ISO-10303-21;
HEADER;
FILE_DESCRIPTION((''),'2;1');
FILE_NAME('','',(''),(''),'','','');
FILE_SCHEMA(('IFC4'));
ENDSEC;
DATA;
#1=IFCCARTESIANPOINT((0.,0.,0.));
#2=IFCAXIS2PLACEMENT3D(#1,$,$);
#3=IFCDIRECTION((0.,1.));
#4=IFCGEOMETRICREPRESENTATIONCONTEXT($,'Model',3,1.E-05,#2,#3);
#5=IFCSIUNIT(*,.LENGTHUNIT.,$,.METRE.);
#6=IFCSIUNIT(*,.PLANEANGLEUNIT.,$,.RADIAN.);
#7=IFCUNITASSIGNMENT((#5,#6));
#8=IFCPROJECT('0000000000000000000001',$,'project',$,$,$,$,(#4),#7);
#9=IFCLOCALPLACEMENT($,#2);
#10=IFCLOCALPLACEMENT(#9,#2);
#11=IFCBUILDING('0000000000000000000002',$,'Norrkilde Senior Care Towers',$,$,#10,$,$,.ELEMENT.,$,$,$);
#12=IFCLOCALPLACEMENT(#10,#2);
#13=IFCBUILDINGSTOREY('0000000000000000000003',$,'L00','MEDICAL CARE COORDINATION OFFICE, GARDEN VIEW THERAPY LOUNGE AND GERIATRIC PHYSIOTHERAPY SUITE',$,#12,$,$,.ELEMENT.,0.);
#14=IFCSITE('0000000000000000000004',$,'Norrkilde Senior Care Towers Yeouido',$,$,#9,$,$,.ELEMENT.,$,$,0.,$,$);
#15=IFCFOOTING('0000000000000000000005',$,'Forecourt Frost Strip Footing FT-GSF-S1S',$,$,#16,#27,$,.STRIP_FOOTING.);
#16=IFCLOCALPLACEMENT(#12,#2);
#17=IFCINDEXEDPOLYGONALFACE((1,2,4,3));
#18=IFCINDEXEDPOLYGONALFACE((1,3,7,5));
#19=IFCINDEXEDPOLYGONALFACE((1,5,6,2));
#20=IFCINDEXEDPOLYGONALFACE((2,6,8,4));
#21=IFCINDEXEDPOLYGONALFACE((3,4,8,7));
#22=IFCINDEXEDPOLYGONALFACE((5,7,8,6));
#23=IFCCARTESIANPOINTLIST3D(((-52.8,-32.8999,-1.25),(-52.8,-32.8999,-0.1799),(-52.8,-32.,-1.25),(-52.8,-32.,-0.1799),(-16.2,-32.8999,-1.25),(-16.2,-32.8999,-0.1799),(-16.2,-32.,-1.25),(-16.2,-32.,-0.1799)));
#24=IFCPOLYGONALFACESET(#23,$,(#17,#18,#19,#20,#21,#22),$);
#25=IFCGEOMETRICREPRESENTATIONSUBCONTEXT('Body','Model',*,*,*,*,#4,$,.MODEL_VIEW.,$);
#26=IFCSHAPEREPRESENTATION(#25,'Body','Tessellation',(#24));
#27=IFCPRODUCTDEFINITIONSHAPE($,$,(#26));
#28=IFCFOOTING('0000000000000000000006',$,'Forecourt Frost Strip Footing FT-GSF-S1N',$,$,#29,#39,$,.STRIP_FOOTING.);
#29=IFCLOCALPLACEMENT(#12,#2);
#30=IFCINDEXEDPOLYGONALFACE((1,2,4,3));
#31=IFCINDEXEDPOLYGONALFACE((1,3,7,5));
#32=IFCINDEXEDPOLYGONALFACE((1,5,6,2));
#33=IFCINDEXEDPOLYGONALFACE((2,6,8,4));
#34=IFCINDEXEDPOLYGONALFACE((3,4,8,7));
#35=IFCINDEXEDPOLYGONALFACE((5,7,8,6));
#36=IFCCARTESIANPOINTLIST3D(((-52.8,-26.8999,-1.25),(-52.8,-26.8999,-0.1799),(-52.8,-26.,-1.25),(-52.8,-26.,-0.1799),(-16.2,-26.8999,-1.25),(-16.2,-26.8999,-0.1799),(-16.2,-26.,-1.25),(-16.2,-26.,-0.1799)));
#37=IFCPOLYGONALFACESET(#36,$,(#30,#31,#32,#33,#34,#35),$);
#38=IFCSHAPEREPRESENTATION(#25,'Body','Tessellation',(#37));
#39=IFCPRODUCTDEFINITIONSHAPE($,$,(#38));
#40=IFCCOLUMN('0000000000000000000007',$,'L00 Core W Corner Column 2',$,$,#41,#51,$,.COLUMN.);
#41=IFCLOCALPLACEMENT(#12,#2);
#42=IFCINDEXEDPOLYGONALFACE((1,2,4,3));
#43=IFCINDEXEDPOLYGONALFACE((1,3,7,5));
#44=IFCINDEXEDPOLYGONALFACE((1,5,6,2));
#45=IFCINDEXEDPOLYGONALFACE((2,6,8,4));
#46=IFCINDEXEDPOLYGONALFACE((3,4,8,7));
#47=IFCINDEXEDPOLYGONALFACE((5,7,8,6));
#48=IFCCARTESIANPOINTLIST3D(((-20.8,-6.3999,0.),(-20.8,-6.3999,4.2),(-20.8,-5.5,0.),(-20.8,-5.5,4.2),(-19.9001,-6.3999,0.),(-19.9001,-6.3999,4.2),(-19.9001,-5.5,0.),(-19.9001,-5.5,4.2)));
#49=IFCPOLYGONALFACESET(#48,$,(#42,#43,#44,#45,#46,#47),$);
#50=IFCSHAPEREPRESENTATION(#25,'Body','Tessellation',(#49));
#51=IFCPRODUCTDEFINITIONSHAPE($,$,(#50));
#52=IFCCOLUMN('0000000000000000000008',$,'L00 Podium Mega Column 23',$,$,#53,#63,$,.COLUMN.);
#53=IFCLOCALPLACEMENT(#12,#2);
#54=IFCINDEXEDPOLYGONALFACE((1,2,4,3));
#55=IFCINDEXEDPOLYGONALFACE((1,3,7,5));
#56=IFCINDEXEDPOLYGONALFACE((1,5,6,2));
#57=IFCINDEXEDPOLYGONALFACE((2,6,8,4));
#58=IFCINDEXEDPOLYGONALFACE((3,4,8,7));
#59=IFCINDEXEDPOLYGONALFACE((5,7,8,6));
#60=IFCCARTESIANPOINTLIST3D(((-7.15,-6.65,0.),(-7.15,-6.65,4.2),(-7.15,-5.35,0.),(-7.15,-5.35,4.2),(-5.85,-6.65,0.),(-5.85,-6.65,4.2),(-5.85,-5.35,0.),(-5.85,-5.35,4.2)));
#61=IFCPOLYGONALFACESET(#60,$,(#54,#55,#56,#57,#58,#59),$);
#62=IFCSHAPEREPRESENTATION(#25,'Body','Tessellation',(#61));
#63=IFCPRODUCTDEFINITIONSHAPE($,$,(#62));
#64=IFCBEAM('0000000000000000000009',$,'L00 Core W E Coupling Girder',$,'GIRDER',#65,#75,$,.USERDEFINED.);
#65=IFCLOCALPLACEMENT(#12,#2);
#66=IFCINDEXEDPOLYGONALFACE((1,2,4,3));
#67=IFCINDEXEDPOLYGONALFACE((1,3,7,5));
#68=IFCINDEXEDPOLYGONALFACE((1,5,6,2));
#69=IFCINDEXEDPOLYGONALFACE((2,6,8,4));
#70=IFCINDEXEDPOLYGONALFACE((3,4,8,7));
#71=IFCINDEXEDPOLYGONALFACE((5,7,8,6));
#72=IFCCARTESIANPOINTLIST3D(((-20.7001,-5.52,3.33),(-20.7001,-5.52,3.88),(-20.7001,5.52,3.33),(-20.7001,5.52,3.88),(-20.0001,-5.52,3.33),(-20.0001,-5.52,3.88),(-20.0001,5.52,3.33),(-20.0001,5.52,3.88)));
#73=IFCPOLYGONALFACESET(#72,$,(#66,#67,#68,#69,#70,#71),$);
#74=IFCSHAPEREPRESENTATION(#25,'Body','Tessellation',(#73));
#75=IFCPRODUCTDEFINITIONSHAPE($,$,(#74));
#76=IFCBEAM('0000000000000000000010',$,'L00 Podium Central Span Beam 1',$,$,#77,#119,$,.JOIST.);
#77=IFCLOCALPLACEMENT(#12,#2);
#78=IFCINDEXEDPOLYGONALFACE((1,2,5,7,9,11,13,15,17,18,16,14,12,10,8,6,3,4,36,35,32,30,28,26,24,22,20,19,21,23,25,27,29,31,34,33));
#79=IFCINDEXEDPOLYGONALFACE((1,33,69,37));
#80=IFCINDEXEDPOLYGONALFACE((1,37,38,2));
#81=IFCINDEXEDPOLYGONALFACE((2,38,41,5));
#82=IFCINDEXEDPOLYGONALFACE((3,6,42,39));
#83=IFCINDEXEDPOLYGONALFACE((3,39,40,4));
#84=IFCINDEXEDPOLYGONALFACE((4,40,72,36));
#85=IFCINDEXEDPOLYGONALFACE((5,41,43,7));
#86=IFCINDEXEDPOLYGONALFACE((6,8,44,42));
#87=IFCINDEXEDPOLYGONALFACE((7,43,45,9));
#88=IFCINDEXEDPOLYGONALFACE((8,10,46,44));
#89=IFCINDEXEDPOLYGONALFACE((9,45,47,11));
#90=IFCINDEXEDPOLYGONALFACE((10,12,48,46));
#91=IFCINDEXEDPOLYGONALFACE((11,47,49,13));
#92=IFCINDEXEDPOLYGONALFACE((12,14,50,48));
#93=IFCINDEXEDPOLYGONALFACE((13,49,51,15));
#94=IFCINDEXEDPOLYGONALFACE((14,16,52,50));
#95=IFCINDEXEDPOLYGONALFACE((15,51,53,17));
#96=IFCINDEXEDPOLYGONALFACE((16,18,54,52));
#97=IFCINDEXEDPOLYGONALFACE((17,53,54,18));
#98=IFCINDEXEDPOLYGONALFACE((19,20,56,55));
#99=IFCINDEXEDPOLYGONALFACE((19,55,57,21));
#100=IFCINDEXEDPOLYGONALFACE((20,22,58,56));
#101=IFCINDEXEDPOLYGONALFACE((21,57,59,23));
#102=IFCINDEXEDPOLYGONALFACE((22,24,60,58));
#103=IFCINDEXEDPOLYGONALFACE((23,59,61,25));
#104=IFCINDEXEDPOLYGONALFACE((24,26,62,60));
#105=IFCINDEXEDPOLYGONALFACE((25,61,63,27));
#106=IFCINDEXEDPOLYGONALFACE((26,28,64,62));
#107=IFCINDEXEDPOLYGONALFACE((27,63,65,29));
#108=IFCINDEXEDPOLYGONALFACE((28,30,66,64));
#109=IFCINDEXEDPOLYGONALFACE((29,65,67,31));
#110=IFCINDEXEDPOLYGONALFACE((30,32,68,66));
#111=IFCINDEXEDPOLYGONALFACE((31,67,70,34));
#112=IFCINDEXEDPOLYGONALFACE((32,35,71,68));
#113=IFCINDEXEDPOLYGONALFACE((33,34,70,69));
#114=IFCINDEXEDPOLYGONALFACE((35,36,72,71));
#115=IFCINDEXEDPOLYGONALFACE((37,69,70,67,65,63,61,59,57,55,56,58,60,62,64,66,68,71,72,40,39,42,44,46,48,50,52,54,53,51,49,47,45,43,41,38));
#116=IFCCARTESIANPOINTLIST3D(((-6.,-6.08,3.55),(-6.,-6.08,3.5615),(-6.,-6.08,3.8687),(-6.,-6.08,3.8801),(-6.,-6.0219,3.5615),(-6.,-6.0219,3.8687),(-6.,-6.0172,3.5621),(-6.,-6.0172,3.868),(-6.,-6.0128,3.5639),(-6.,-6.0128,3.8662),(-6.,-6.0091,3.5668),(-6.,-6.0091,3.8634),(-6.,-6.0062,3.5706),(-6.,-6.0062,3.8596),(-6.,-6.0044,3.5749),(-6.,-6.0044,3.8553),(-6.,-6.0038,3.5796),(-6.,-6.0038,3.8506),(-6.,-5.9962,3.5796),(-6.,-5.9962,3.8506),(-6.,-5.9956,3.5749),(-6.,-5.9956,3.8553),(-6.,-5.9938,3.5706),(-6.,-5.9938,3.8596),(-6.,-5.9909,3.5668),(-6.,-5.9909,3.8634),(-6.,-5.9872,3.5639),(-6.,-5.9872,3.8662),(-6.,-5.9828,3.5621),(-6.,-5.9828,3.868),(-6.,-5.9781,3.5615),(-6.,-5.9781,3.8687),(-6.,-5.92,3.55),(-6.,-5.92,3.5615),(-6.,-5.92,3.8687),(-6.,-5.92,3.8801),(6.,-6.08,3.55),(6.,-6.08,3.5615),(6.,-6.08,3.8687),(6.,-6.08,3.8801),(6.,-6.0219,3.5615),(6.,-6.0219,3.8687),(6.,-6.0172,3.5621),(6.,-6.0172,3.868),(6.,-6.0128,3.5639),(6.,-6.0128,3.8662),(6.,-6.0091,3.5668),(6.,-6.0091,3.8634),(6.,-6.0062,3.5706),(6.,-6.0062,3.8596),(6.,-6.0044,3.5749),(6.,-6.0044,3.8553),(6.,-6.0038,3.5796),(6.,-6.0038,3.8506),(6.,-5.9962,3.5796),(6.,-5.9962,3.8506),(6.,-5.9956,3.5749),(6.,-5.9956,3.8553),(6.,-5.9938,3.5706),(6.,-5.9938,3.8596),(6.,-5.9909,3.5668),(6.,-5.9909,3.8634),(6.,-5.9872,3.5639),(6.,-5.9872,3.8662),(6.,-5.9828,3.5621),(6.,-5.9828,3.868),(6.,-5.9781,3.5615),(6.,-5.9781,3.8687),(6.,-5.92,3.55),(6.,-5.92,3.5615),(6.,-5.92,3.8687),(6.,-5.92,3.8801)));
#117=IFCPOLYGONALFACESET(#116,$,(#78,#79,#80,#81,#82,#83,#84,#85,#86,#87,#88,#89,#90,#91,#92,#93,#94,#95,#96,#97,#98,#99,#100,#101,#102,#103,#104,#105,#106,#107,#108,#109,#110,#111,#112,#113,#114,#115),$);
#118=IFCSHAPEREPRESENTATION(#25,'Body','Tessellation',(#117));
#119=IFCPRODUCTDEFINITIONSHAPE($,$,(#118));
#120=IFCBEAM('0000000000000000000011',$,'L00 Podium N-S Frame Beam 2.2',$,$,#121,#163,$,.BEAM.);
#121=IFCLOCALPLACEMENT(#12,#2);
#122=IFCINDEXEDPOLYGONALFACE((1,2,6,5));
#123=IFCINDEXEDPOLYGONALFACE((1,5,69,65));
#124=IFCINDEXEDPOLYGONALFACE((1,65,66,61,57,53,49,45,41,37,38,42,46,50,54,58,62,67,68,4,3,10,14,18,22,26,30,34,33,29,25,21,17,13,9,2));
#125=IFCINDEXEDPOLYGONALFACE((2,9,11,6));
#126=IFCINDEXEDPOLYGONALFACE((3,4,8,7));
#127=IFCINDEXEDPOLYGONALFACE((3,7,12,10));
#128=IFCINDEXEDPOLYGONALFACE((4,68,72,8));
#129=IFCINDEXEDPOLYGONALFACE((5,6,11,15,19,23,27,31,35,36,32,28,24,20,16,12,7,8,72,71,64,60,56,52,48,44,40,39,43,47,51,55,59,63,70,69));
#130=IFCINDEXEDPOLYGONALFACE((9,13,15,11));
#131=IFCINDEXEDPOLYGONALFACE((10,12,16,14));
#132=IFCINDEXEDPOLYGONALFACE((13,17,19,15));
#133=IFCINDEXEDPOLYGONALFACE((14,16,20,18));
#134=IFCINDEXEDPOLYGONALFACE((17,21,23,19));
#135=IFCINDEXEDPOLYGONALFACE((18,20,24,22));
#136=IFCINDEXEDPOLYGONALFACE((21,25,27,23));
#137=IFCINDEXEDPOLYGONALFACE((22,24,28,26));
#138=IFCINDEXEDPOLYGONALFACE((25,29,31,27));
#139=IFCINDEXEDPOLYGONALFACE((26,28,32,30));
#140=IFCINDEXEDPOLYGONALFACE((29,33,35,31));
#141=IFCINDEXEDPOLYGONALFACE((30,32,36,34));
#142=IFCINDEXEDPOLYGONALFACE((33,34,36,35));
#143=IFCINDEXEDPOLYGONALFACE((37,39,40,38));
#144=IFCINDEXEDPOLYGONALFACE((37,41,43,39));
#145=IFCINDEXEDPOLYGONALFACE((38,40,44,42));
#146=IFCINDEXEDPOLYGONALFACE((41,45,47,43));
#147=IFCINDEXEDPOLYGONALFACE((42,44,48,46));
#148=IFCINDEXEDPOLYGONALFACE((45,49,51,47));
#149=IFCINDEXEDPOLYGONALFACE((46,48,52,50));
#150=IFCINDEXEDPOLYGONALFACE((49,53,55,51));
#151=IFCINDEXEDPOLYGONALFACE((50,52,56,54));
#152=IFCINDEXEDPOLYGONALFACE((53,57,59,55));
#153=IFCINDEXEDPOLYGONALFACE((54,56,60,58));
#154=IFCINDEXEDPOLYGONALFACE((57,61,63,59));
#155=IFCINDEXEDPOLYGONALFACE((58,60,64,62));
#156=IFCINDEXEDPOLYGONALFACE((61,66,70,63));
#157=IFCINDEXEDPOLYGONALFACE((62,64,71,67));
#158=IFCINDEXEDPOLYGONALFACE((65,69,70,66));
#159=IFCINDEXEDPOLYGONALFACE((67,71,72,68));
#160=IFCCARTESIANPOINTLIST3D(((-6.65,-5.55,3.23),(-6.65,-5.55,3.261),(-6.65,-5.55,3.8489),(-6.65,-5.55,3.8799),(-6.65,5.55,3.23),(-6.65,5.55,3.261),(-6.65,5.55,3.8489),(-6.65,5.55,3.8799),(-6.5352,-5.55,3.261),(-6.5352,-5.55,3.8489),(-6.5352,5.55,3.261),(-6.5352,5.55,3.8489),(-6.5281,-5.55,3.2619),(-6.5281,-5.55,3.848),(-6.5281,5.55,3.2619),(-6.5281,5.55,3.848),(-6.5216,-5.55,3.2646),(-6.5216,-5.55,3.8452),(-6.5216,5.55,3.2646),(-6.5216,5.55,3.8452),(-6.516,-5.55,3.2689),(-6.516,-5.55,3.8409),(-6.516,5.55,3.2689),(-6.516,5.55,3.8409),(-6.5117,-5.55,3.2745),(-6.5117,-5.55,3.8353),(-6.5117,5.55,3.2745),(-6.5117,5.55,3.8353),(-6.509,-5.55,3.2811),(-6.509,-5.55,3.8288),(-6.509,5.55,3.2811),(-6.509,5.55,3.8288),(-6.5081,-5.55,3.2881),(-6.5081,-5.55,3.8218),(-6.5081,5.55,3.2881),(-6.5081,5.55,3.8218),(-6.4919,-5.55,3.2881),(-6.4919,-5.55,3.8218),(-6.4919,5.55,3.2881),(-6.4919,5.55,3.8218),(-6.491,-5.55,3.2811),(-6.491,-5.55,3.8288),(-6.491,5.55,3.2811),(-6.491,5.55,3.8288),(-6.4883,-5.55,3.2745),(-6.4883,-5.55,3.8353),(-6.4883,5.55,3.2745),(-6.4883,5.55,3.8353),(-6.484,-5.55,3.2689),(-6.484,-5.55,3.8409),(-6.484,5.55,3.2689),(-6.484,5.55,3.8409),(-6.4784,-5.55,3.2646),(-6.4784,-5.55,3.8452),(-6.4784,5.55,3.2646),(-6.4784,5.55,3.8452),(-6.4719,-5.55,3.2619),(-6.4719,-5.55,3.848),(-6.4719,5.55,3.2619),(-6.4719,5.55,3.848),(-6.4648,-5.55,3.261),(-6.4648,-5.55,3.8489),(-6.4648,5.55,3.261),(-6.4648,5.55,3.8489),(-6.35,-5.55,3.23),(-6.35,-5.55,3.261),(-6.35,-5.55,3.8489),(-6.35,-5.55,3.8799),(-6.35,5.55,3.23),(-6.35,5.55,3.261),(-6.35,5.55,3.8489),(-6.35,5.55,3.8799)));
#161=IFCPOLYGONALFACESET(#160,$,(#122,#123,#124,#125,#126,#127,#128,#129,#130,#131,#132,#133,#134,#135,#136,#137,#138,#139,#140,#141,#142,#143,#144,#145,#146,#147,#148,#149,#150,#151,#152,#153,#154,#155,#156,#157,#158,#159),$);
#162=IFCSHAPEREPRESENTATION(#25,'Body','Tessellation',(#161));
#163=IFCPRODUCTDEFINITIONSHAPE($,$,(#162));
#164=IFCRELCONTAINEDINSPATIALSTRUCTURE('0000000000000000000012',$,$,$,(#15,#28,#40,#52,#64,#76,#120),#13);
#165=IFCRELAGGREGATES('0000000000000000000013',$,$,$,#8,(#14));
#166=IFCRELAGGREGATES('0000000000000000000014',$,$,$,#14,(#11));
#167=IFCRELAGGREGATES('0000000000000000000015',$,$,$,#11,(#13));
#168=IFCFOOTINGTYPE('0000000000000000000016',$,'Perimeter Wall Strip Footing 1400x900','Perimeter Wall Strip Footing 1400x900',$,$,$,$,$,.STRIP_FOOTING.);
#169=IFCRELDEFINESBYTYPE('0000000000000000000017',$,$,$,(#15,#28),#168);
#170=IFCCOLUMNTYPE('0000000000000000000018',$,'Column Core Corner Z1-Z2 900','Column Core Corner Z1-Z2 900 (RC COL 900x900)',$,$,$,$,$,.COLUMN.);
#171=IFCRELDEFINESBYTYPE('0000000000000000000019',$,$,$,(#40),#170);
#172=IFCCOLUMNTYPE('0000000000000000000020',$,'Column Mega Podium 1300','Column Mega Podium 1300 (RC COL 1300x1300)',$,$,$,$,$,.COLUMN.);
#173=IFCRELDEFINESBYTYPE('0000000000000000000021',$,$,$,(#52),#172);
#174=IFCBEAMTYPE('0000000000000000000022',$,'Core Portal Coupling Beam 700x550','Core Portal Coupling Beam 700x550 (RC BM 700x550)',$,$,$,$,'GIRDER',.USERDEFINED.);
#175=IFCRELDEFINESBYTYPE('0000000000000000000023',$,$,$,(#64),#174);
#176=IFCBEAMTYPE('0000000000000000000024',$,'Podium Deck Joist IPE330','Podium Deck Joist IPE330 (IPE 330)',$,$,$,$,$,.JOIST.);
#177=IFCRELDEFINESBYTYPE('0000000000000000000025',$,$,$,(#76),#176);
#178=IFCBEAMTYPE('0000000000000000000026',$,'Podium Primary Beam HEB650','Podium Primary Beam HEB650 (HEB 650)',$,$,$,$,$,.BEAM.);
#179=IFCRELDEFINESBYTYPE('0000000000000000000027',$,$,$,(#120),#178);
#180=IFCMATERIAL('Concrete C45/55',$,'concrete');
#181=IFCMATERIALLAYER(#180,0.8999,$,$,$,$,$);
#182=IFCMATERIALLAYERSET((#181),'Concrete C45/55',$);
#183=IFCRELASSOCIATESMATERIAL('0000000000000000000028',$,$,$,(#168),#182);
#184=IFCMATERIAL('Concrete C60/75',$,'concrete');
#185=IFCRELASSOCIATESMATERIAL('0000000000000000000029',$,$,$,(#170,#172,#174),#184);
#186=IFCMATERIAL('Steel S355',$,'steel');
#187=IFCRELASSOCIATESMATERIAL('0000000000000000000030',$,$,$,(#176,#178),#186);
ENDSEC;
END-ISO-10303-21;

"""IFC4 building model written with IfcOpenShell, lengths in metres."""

from ifc_helpers import new_model, si_unit, direction, frame, origin, origin_2d, place, context, subcontext, project, spatial, polyline, rectangle, i_section, outline, extrude, source, transform, mapped, material, layer, layer_set, material_profile, profile_set, type_object, type_shapes, element, save


model = new_model("IFC4")

# Units and contexts
model_context = context("Model", 3, precision=1e-05, world=origin(), true_north=direction((0.0, 1.0)))
body_context = subcontext(model_context, "Body", "Model", "MODEL_VIEW")
ifc_project = project(units=[si_unit("LENGTHUNIT", "METRE"), si_unit("PLANEANGLEUNIT", "RADIAN")], contexts=[model_context])

# Site, building, storey
site_placement = place(None, origin())
site = spatial("IfcSite", under=ifc_project, at=site_placement, Name="Norrkilde Senior Care Towers Yeouido", CompositionType="ELEMENT", RefElevation=0.0)
building_placement = place(site_placement, origin())
building = spatial("IfcBuilding", under=site, at=building_placement, Name="Norrkilde Senior Care Towers", CompositionType="ELEMENT")
storey_placement = place(building_placement, origin())
storey = spatial("IfcBuildingStorey", under=building, at=storey_placement, Name="L00", Description="MEDICAL CARE COORDINATION OFFICE, GARDEN VIEW THERAPY LOUNGE AND GERIATRIC PHYSIOTHERAPY SUITE", CompositionType="ELEMENT", Elevation=0.0)

# Footings
ifc_material_1 = material(Name="Concrete C45/55", Category="concrete")
ifc_layer_1 = layer(ifc_material_1, 0.8999)
ifc_layer_set_1 = layer_set([ifc_layer_1], Name="Concrete C45/55")
footing_type = type_object("IfcFootingType", Name="Perimeter Wall Strip Footing 1400x900", Description="Perimeter Wall Strip Footing 1400x900", PredefinedType="STRIP_FOOTING", material=ifc_layer_set_1)
footing_1_placement = place(storey_placement, frame((0.0, 0.0, -1.25)))
element("IfcFooting", 1, at=footing_1_placement, inside=storey, type_object=footing_type, Name="Forecourt Frost Strip Footing FT-GSF-S1S", PredefinedType="STRIP_FOOTING", context=body_context, shape_type="SweptSolid", body=[
    extrude(outline(polyline([(-52.8, -32.8999), (-16.2, -32.8999), (-16.2, -32.0), (-52.8, -32.0), (-52.8, -32.8999)])), origin(), (0.0, 0.0, 1.0), 1.0701),
])
footing_2_placement = place(storey_placement, frame((0.0, 0.0, -1.25)))
element("IfcFooting", 2, at=footing_2_placement, inside=storey, type_object=footing_type, Name="Forecourt Frost Strip Footing FT-GSF-S1N", PredefinedType="STRIP_FOOTING", context=body_context, shape_type="SweptSolid", body=[
    extrude(outline(polyline([(-52.8, -26.8999), (-16.2, -26.8999), (-16.2, -26.0), (-52.8, -26.0), (-52.8, -26.8999)])), origin(), (0.0, 0.0, 1.0), 1.0701),
])

# Columns
ifc_material_2 = material(Name="Concrete C60/75", Category="concrete")
ifc_material_profile_1 = material_profile(ifc_material_2, rectangle(XDim=0.8999, YDim=0.8999, at=origin_2d()), Name="RC COL 900x900")
ifc_profile_set_1 = profile_set([ifc_material_profile_1], Name="Concrete C60/75")
column_type_1 = type_object("IfcColumnType", Name="Column Core Corner Z1-Z2 900", Description="Column Core Corner Z1-Z2 900 (RC COL 900x900)", PredefinedType="COLUMN", material=ifc_profile_set_1)
shared_shape_1 = source(origin(), body_context, "Body", "SweptSolid", [
    extrude(rectangle(XDim=0.8999, YDim=0.8999, at=origin_2d()), origin(), (0.0, 0.0, 1.0), 4.2),
])
type_shapes(column_type_1, [shared_shape_1])
column_1_placement = place(storey_placement, frame((-20.3501, -5.95, 0.0), z_axis=(0.0, 0.0, 1.0), x_axis=(1.0, 0.0, 0.0)))
element("IfcColumn", 3, at=column_1_placement, inside=storey, type_object=column_type_1, Name="L00 Core W Corner Column 2", PredefinedType="COLUMN", context=body_context, shape_type="MappedRepresentation", body=[
    mapped(shared_shape_1, transform((0.0, 0.0, 0.0), x_axis=(1.0, 0.0, 0.0), y_axis=(0.0, 1.0, 0.0), z_axis=(0.0, 0.0, 1.0), scale=1.0)),
])
ifc_material_profile_2 = material_profile(ifc_material_2, rectangle(XDim=1.3, YDim=1.3, at=origin_2d()), Name="RC COL 1300x1300")
ifc_profile_set_2 = profile_set([ifc_material_profile_2], Name="Concrete C60/75")
column_type_2 = type_object("IfcColumnType", Name="Column Mega Podium 1300", Description="Column Mega Podium 1300 (RC COL 1300x1300)", PredefinedType="COLUMN", material=ifc_profile_set_2)
shared_shape_2 = source(origin(), body_context, "Body", "SweptSolid", [
    extrude(rectangle(XDim=1.3, YDim=1.3, at=origin_2d()), origin(), (0.0, 0.0, 1.0), 4.2),
])
type_shapes(column_type_2, [shared_shape_2])
column_2_placement = place(storey_placement, frame((-6.5, -6.0, 0.0), z_axis=(0.0, 0.0, 1.0), x_axis=(1.0, 0.0, 0.0)))
element("IfcColumn", 4, at=column_2_placement, inside=storey, type_object=column_type_2, Name="L00 Podium Mega Column 23", PredefinedType="COLUMN", context=body_context, shape_type="MappedRepresentation", body=[
    mapped(shared_shape_2, transform((0.0, 0.0, 0.0), x_axis=(1.0, 0.0, 0.0), y_axis=(0.0, 1.0, 0.0), z_axis=(0.0, 0.0, 1.0), scale=1.0)),
])

# Beams
ifc_material_profile_3 = material_profile(ifc_material_2, rectangle(XDim=0.7, YDim=0.55, at=origin_2d()), Name="RC BM 700x550")
ifc_profile_set_3 = profile_set([ifc_material_profile_3], Name="Concrete C60/75")
beam_type_1 = type_object("IfcBeamType", Name="Core Portal Coupling Beam 700x550", Description="Core Portal Coupling Beam 700x550 (RC BM 700x550)", ElementType="GIRDER", PredefinedType="USERDEFINED", material=ifc_profile_set_3)
shared_shape_3 = source(origin(), body_context, "Body", "SweptSolid", [
    extrude(rectangle(XDim=0.7, YDim=0.55, at=origin_2d()), origin(), (0.0, 0.0, 1.0), 11.04),
])
type_shapes(beam_type_1, [shared_shape_3])
beam_1_placement = place(storey_placement, frame((-20.3501, -5.52, 3.605), z_axis=(0.0, 1.0, 0.0), x_axis=(-1.0, 0.0, 0.0)))
element("IfcBeam", 5, at=beam_1_placement, inside=storey, type_object=beam_type_1, Name="L00 Core W E Coupling Girder", ObjectType="GIRDER", PredefinedType="USERDEFINED", context=body_context, shape_type="MappedRepresentation", body=[
    mapped(shared_shape_3, transform((0.0, 0.0, 0.0), x_axis=(1.0, 0.0, 0.0), y_axis=(0.0, 1.0, 0.0), z_axis=(0.0, 0.0, 1.0), scale=1.0)),
])
ifc_material_3 = material(Name="Steel S355", Category="steel")
ifc_material_profile_4 = material_profile(ifc_material_3, i_section(OverallWidth=0.1599, OverallDepth=0.3301, WebThickness=0.0076, FlangeThickness=0.0115, FilletRadius=0.0181, at=origin_2d()), Name="IPE 330")
ifc_profile_set_4 = profile_set([ifc_material_profile_4], Name="Steel S355")
beam_type_2 = type_object("IfcBeamType", Name="Podium Deck Joist IPE330", Description="Podium Deck Joist IPE330 (IPE 330)", PredefinedType="JOIST", material=ifc_profile_set_4)
shared_shape_4 = source(origin(), body_context, "Body", "SweptSolid", [
    extrude(i_section(OverallWidth=0.1599, OverallDepth=0.3301, WebThickness=0.0076, FlangeThickness=0.0115, FilletRadius=0.0181, at=origin_2d()), origin(), (0.0, 0.0, 1.0), 12.0),
])
type_shapes(beam_type_2, [shared_shape_4])
beam_2_placement = place(storey_placement, frame((-6.0, -6.0, 3.7151), z_axis=(1.0, 0.0, 0.0), x_axis=(0.0, 1.0, 0.0)))
element("IfcBeam", 6, at=beam_2_placement, inside=storey, type_object=beam_type_2, Name="L00 Podium Central Span Beam 1", PredefinedType="JOIST", context=body_context, shape_type="MappedRepresentation", body=[
    mapped(shared_shape_4, transform((0.0, 0.0, 0.0), x_axis=(1.0, 0.0, 0.0), y_axis=(0.0, 1.0, 0.0), z_axis=(0.0, 0.0, 1.0), scale=1.0)),
])
ifc_material_profile_5 = material_profile(ifc_material_3, i_section(OverallWidth=0.3, OverallDepth=0.6499, WebThickness=0.0161, FlangeThickness=0.031, FilletRadius=0.0271, at=origin_2d()), Name="HEB 650")
ifc_profile_set_5 = profile_set([ifc_material_profile_5], Name="Steel S355")
beam_type_3 = type_object("IfcBeamType", Name="Podium Primary Beam HEB650", Description="Podium Primary Beam HEB650 (HEB 650)", PredefinedType="BEAM", material=ifc_profile_set_5)
shared_shape_5 = source(origin(), body_context, "Body", "SweptSolid", [
    extrude(i_section(OverallWidth=0.3, OverallDepth=0.6499, WebThickness=0.0161, FlangeThickness=0.031, FilletRadius=0.0271, at=origin_2d()), origin(), (0.0, 0.0, 1.0), 11.1001),
])
type_shapes(beam_type_3, [shared_shape_5])
beam_3_placement = place(storey_placement, frame((-6.5, -5.55, 3.5549), z_axis=(0.0, 1.0, 0.0), x_axis=(-1.0, 0.0, 0.0)))
element("IfcBeam", 7, at=beam_3_placement, inside=storey, type_object=beam_type_3, Name="L00 Podium N-S Frame Beam 2.2", PredefinedType="BEAM", context=body_context, shape_type="MappedRepresentation", body=[
    mapped(shared_shape_5, transform((0.0, 0.0, 0.0), x_axis=(1.0, 0.0, 0.0), y_axis=(0.0, 1.0, 0.0), z_axis=(0.0, 0.0, 1.0), scale=1.0)),
])

save(model, "model.ifc")
